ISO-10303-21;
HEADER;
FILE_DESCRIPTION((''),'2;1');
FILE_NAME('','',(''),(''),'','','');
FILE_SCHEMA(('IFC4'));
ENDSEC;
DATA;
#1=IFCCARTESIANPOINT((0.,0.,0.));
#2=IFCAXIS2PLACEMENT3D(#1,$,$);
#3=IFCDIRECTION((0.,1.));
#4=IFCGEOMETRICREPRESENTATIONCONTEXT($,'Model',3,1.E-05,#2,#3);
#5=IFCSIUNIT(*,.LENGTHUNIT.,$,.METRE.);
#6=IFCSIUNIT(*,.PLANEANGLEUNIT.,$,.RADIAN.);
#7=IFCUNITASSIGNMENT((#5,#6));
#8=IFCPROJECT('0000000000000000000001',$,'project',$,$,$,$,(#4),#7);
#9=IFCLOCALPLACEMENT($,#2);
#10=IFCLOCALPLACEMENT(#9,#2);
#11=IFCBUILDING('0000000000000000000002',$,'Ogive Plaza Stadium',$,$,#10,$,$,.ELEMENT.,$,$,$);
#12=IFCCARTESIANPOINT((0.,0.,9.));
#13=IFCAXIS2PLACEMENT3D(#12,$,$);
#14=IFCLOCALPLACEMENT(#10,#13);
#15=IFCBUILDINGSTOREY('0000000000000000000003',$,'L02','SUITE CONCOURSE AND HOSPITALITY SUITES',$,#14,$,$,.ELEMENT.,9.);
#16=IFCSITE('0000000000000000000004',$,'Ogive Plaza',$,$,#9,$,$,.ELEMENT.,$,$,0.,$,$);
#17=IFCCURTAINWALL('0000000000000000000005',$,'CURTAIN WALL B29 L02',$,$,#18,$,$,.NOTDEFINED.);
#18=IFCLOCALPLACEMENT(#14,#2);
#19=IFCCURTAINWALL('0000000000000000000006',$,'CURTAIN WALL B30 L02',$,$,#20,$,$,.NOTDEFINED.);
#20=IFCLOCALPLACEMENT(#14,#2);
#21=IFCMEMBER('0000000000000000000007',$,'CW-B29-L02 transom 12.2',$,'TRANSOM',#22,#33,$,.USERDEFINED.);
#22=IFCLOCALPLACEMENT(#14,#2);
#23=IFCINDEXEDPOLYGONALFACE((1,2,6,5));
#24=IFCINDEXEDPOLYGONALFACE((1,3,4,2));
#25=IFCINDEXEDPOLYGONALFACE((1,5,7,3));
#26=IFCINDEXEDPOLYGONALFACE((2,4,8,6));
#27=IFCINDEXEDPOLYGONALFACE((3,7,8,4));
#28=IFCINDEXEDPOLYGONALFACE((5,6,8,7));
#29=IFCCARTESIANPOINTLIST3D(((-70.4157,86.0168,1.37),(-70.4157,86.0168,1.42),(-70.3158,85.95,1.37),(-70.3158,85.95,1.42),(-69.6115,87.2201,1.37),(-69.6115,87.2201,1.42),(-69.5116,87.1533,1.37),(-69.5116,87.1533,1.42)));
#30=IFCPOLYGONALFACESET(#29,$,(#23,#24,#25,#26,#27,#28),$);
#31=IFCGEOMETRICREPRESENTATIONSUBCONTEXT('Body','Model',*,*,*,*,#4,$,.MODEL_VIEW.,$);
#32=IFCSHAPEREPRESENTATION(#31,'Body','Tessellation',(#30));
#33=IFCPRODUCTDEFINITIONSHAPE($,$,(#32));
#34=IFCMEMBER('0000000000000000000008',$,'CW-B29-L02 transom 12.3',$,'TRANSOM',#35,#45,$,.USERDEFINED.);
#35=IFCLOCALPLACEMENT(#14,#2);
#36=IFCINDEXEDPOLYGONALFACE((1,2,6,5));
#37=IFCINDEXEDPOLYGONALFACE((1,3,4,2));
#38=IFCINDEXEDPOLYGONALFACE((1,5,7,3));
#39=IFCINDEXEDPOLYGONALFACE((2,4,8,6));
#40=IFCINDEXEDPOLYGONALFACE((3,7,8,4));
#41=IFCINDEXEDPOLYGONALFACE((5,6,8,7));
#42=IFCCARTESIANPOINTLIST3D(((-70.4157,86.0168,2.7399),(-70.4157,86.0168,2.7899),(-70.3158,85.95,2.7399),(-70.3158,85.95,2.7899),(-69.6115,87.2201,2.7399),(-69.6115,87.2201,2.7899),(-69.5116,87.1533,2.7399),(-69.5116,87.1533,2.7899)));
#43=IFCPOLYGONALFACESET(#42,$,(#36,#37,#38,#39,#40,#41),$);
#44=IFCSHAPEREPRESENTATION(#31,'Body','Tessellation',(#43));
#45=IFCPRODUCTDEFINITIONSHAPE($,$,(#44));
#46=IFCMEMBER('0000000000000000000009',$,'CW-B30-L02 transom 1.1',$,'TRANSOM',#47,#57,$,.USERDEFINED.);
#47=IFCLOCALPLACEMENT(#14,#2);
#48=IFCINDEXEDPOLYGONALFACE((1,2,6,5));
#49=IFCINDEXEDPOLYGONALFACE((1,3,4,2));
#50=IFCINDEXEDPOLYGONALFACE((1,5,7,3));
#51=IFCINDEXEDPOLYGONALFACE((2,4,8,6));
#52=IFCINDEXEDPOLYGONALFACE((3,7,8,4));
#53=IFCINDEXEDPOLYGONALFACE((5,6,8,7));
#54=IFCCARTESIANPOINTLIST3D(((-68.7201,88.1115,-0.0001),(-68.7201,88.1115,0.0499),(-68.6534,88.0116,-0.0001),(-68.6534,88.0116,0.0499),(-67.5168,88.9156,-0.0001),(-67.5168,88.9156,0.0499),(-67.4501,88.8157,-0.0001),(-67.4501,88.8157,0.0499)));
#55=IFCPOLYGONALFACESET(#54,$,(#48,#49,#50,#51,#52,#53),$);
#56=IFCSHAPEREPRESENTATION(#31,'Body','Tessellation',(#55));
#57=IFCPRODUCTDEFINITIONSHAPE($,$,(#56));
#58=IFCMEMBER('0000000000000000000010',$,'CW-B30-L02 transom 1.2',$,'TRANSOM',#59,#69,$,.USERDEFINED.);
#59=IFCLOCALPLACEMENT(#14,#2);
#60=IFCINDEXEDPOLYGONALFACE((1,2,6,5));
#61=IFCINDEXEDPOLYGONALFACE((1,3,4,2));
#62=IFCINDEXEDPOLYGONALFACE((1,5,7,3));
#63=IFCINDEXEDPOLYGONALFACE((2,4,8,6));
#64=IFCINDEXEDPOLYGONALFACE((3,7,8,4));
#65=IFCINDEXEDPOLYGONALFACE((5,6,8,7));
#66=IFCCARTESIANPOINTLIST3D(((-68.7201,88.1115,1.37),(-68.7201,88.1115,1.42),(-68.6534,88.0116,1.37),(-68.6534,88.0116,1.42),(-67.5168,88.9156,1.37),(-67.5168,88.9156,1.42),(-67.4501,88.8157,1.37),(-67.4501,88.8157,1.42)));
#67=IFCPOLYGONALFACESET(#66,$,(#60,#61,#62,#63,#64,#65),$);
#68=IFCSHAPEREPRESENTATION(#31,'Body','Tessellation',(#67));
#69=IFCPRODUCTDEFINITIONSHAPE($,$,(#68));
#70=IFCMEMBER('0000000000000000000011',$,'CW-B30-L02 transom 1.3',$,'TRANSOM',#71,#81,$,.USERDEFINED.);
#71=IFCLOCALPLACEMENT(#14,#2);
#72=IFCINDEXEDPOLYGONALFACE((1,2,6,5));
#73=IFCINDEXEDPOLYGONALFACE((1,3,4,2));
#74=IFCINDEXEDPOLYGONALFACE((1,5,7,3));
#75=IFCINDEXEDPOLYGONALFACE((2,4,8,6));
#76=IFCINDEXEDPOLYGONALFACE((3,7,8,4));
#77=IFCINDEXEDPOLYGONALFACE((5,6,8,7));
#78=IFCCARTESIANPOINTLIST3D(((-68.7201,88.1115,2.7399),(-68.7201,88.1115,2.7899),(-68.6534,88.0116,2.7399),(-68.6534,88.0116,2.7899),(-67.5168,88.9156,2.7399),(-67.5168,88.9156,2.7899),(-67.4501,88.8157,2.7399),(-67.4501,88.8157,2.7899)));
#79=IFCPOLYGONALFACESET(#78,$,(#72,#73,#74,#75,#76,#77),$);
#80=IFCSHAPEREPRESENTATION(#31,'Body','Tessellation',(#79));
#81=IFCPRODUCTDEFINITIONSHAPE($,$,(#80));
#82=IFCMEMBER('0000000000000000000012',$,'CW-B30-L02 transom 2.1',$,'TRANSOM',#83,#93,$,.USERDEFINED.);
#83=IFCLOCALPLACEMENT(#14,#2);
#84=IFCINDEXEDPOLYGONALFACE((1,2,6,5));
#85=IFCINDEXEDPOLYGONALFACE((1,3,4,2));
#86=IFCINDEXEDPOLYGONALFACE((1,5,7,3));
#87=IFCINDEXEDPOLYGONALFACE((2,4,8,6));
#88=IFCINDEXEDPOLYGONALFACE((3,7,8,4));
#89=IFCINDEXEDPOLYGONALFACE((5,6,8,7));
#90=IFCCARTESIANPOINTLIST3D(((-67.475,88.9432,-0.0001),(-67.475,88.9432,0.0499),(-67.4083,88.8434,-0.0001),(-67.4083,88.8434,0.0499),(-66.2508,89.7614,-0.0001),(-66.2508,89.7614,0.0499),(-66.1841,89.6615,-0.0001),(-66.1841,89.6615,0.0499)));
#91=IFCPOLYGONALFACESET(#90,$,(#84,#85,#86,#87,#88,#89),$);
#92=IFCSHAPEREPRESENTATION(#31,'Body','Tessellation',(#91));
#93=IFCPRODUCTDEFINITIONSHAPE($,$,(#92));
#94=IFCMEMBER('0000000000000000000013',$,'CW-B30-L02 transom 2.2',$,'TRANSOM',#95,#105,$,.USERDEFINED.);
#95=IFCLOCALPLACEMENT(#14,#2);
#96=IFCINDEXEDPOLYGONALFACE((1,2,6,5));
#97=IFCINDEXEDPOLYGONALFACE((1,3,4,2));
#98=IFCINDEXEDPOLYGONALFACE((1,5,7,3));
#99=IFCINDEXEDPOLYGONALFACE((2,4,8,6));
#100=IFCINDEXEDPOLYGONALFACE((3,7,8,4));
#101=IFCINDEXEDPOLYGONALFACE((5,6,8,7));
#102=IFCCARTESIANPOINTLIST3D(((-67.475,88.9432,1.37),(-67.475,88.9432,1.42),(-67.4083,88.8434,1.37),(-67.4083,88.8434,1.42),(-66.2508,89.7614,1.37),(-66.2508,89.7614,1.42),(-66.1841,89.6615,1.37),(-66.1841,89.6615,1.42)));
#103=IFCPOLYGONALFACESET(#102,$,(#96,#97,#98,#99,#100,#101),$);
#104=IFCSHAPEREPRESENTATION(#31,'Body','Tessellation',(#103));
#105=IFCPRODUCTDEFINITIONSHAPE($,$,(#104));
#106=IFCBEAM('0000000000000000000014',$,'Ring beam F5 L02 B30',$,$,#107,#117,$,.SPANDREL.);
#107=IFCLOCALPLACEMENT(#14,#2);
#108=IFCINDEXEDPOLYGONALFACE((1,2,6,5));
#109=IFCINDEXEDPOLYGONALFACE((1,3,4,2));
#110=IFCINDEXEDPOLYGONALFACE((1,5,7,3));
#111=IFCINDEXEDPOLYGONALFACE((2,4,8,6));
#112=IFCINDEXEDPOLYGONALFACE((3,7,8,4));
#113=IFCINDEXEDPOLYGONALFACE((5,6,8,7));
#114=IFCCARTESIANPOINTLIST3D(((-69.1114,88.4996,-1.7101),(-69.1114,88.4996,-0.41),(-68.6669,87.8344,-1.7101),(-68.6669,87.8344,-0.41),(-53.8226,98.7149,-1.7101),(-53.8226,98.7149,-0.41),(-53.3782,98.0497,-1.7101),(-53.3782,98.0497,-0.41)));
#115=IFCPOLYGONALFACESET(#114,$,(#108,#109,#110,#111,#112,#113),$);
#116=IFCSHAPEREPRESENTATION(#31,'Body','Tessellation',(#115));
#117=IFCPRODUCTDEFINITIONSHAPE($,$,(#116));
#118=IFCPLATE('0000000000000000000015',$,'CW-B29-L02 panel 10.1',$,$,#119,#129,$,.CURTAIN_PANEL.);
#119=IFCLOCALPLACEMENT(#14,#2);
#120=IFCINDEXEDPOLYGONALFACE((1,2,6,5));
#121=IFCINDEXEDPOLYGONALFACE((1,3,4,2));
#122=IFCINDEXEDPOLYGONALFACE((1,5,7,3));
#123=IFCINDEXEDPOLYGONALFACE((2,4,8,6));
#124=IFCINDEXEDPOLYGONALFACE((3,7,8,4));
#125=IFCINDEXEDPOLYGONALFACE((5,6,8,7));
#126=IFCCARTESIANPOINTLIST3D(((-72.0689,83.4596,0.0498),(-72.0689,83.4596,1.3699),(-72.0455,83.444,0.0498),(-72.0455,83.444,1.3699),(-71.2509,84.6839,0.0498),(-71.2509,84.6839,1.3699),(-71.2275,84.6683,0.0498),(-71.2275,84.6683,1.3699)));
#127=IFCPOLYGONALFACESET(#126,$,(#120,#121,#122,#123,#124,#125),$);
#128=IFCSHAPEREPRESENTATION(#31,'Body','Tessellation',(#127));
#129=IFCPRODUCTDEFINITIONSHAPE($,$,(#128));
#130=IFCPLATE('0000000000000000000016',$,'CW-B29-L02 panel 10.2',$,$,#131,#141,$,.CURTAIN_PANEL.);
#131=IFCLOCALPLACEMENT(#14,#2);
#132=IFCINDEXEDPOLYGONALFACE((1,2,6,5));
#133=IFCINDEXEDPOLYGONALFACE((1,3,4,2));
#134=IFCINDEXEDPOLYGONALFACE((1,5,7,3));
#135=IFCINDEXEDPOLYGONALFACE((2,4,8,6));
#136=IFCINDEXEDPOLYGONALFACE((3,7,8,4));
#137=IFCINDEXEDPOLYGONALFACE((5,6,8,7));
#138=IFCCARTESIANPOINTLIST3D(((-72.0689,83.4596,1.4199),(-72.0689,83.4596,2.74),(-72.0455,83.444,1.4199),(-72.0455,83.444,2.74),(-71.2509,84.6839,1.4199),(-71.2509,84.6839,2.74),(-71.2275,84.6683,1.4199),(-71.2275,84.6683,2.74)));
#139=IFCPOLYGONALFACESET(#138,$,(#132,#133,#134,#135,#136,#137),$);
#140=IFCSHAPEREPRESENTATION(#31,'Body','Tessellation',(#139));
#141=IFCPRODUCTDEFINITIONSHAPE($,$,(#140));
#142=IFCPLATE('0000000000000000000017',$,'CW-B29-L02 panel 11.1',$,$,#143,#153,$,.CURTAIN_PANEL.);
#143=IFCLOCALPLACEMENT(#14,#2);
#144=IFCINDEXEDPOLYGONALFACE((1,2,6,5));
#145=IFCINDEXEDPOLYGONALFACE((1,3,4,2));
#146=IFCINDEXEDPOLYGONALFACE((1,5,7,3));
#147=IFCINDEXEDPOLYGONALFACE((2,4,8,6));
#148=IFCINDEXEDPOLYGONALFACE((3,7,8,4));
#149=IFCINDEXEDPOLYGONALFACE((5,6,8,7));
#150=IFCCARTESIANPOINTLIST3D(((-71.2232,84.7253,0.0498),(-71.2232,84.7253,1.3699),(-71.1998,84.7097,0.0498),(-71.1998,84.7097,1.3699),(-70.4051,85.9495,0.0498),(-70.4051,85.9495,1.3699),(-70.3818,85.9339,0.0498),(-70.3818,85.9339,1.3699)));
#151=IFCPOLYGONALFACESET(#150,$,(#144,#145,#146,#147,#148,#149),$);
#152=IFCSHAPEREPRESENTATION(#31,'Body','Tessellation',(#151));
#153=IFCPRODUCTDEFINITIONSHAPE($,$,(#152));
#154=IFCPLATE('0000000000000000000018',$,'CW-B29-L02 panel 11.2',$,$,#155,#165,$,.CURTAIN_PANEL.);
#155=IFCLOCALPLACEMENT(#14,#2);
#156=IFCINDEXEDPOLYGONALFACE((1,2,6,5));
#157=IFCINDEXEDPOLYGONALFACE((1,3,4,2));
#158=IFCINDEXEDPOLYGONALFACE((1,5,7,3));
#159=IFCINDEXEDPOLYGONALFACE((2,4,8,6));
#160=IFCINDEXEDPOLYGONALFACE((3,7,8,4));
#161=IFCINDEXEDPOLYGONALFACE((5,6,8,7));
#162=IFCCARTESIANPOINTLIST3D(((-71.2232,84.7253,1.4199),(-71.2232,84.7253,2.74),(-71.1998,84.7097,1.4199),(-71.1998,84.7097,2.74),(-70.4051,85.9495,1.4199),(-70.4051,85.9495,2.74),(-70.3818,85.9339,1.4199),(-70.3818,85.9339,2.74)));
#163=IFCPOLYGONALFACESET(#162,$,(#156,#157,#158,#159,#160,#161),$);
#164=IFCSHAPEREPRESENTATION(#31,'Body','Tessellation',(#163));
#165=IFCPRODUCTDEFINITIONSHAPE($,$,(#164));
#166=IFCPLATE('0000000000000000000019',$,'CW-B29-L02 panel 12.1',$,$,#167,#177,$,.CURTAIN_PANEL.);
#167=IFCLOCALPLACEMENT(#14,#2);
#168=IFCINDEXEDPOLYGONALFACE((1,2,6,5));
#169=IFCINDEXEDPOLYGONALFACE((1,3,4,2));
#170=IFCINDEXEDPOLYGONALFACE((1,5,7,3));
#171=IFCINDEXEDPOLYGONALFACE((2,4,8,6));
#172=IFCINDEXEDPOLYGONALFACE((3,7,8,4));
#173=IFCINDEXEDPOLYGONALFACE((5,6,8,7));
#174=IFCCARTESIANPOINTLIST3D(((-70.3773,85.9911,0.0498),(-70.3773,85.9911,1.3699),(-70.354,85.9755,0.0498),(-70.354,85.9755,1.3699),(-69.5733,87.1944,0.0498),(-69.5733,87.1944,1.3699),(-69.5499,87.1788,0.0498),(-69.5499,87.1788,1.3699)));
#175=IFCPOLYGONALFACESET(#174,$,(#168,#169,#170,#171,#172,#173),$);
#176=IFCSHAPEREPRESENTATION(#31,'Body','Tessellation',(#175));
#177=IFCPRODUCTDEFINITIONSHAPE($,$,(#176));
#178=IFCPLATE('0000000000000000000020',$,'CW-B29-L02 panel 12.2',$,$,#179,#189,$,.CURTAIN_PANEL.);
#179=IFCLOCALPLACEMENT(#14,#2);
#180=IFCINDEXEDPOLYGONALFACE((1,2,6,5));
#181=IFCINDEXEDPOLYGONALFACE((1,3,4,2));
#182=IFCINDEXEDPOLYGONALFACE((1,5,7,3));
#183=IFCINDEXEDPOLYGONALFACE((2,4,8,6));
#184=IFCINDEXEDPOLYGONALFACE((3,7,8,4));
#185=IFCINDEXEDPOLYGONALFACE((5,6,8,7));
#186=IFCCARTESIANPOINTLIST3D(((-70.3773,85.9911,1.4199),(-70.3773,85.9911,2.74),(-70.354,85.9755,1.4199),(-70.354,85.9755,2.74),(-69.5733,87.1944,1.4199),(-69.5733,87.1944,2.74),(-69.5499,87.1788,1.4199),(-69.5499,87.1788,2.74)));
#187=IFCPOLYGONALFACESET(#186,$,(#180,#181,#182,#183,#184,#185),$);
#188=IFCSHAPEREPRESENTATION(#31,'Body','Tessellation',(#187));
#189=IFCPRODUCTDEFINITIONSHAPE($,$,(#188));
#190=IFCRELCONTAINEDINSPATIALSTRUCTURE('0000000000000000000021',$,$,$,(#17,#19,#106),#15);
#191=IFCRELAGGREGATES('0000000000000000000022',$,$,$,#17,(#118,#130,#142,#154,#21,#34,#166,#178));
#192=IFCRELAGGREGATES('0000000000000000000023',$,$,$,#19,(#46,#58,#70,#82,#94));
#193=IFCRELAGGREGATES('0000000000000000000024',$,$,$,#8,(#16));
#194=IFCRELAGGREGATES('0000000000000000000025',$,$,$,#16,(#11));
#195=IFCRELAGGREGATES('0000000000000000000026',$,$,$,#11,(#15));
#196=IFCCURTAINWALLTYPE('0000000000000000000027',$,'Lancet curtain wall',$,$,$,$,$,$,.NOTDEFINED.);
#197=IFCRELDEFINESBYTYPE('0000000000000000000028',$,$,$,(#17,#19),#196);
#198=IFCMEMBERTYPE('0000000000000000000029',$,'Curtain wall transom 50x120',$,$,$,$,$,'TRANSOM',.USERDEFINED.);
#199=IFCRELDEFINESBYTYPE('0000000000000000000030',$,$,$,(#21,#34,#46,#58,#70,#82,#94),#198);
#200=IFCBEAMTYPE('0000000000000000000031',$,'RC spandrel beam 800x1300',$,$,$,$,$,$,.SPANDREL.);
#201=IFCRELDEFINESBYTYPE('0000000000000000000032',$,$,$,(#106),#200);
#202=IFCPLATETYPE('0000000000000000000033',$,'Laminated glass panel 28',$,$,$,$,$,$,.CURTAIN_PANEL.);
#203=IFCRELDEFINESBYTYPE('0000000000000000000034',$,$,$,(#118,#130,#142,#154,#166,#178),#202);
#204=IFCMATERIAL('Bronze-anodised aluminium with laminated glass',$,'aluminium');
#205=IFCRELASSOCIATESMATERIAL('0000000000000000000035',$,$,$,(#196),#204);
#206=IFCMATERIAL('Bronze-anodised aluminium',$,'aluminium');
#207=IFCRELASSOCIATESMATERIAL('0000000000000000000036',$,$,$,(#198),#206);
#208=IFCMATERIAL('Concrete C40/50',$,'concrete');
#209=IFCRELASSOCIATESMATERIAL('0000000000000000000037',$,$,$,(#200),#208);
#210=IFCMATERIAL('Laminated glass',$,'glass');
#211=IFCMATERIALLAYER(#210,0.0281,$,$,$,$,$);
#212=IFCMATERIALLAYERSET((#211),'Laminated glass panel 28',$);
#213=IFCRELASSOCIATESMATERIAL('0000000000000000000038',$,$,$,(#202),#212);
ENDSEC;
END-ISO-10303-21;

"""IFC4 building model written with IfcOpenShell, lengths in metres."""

from ifc_helpers import new_model, si_unit, direction, frame, origin, origin_2d, place, context, subcontext, project, spatial, rectangle, extrude, material, layer, layer_set, material_profile, profile_set, type_object, element, aggregate, save


model = new_model("IFC4")

# Units and contexts
model_context = context("Model", 3, precision=1e-05, world=origin(), true_north=direction((0.0, 1.0)))
body_context = subcontext(model_context, "Body", "Model", "MODEL_VIEW")
ifc_project = project(units=[si_unit("LENGTHUNIT", "METRE"), si_unit("PLANEANGLEUNIT", "RADIAN")], contexts=[model_context])

# Site, building, storey
site_placement = place(None, origin())
site = spatial("IfcSite", under=ifc_project, at=site_placement, Name="Ogive Plaza", CompositionType="ELEMENT", RefElevation=0.0)
building_placement = place(site_placement, origin())
building = spatial("IfcBuilding", under=site, at=building_placement, Name="Ogive Plaza Stadium", CompositionType="ELEMENT")
storey_placement = place(building_placement, frame((0.0, 0.0, 9.0)))
storey = spatial("IfcBuildingStorey", under=building, at=storey_placement, Name="L02", Description="SUITE CONCOURSE AND HOSPITALITY SUITES", CompositionType="ELEMENT", Elevation=9.0)

# Curtain walls
ifc_material_1 = material(Name="Bronze-anodised aluminium with laminated glass", Category="aluminium")
curtain_wall_type = type_object("IfcCurtainWallType", Name="Lancet curtain wall", PredefinedType="NOTDEFINED", material=ifc_material_1)
curtain_wall_1_placement = place(storey_placement, origin())
curtain_wall_1 = element("IfcCurtainWall", 1, at=curtain_wall_1_placement, inside=storey, type_object=curtain_wall_type, Name="CURTAIN WALL B29 L02", PredefinedType="NOTDEFINED")
curtain_wall_2_placement = place(storey_placement, origin())
curtain_wall_2 = element("IfcCurtainWall", 2, at=curtain_wall_2_placement, inside=storey, type_object=curtain_wall_type, Name="CURTAIN WALL B30 L02", PredefinedType="NOTDEFINED")

# Members
ifc_material_2 = material(Name="Bronze-anodised aluminium", Category="aluminium")
ifc_material_profile_1 = material_profile(ifc_material_2, rectangle(XDim=0.1201, YDim=0.05, at=origin_2d()), Name="AL 120x50")
ifc_profile_set_1 = profile_set([ifc_material_profile_1], Name="Bronze-anodised aluminium")
member_type_1 = type_object("IfcMemberType", Name="Curtain wall transom 50x120", ElementType="TRANSOM", PredefinedType="USERDEFINED", material=ifc_profile_set_1)
member_1_placement = place(storey_placement, frame((-70.3657, 85.9834, 1.395), z_axis=(0.555634, 0.831427, 0.0), x_axis=(-0.831427, 0.555634, 0.0)))
member_1 = element("IfcMember", 3, at=member_1_placement, type_object=member_type_1, Name="CW-B29-L02 transom 12.2", ObjectType="TRANSOM", PredefinedType="USERDEFINED", context=body_context, shape_type="SweptSolid", body=[
    extrude(rectangle(XDim=0.1201, YDim=0.05, at=origin_2d()), origin(), (0.0, 0.0, 1.0), 1.4473),
])
member_2_placement = place(storey_placement, frame((-70.3657, 85.9834, 2.7649), z_axis=(0.555634, 0.831427, 0.0), x_axis=(-0.831427, 0.555634, 0.0)))
member_2 = element("IfcMember", 4, at=member_2_placement, type_object=member_type_1, Name="CW-B29-L02 transom 12.3", ObjectType="TRANSOM", PredefinedType="USERDEFINED", context=body_context, shape_type="SweptSolid", body=[
    extrude(rectangle(XDim=0.1201, YDim=0.05, at=origin_2d()), origin(), (0.0, 0.0, 1.0), 1.4473),
])
member_3_placement = place(storey_placement, frame((-68.6868, 88.0615, 0.0249), z_axis=(0.831427, 0.555634, 0.0), x_axis=(-0.555634, 0.831427, 0.0)))
member_3 = element("IfcMember", 5, at=member_3_placement, type_object=member_type_1, Name="CW-B30-L02 transom 1.1", ObjectType="TRANSOM", PredefinedType="USERDEFINED", context=body_context, shape_type="SweptSolid", body=[
    extrude(rectangle(XDim=0.1201, YDim=0.05, at=origin_2d()), origin(), (0.0, 0.0, 1.0), 1.4473),
])
member_4_placement = place(storey_placement, frame((-68.6868, 88.0615, 1.395), z_axis=(0.831427, 0.555634, 0.0), x_axis=(-0.555634, 0.831427, 0.0)))
member_4 = element("IfcMember", 6, at=member_4_placement, type_object=member_type_1, Name="CW-B30-L02 transom 1.2", ObjectType="TRANSOM", PredefinedType="USERDEFINED", context=body_context, shape_type="SweptSolid", body=[
    extrude(rectangle(XDim=0.1201, YDim=0.05, at=origin_2d()), origin(), (0.0, 0.0, 1.0), 1.4473),
])
member_5_placement = place(storey_placement, frame((-68.6868, 88.0615, 2.7649), z_axis=(0.831427, 0.555634, 0.0), x_axis=(-0.555634, 0.831427, 0.0)))
member_5 = element("IfcMember", 7, at=member_5_placement, type_object=member_type_1, Name="CW-B30-L02 transom 1.3", ObjectType="TRANSOM", PredefinedType="USERDEFINED", context=body_context, shape_type="SweptSolid", body=[
    extrude(rectangle(XDim=0.1201, YDim=0.05, at=origin_2d()), origin(), (0.0, 0.0, 1.0), 1.4473),
])
member_6_placement = place(storey_placement, frame((-67.4417, 88.8933, 0.0249), z_axis=(0.831412, 0.555656, 0.0), x_axis=(-0.555656, 0.831412, 0.0)))
member_6 = element("IfcMember", 8, at=member_6_placement, type_object=member_type_1, Name="CW-B30-L02 transom 2.1", ObjectType="TRANSOM", PredefinedType="USERDEFINED", context=body_context, shape_type="SweptSolid", body=[
    extrude(rectangle(XDim=0.1201, YDim=0.05, at=origin_2d()), origin(), (0.0, 0.0, 1.0), 1.4724),
])
member_7_placement = place(storey_placement, frame((-67.4417, 88.8933, 1.395), z_axis=(0.831412, 0.555656, 0.0), x_axis=(-0.555656, 0.831412, 0.0)))
member_7 = element("IfcMember", 9, at=member_7_placement, type_object=member_type_1, Name="CW-B30-L02 transom 2.2", ObjectType="TRANSOM", PredefinedType="USERDEFINED", context=body_context, shape_type="SweptSolid", body=[
    extrude(rectangle(XDim=0.1201, YDim=0.05, at=origin_2d()), origin(), (0.0, 0.0, 1.0), 1.4724),
])

# Beam
ifc_material_3 = material(Name="Concrete C40/50", Category="concrete")
ifc_material_profile_2 = material_profile(ifc_material_3, rectangle(XDim=0.8, YDim=1.3, at=origin_2d()), Name="RC 800x1300")
ifc_profile_set_2 = profile_set([ifc_material_profile_2], Name="Concrete C40/50")
beam_type = type_object("IfcBeamType", Name="RC spandrel beam 800x1300", PredefinedType="SPANDREL", material=ifc_profile_set_2)
beam_placement = place(storey_placement, frame((-68.8892, 88.167, -1.0601), z_axis=(0.831478, 0.555558, 0.0), x_axis=(-0.555558, 0.831478, 0.0)))
element("IfcBeam", 10, at=beam_placement, inside=storey, type_object=beam_type, Name="Ring beam F5 L02 B30", PredefinedType="SPANDREL", context=body_context, shape_type="SweptSolid", body=[
    extrude(rectangle(XDim=0.8, YDim=1.3, at=origin_2d()), origin(), (0.0, 0.0, 1.0), 18.3875),
])

# Plates
ifc_material_4 = material(Name="Laminated glass", Category="glass")
ifc_layer = layer(ifc_material_4, 0.0281)
ifc_layer_set = layer_set([ifc_layer], Name="Laminated glass panel 28")
plate_type = type_object("IfcPlateType", Name="Laminated glass panel 28", PredefinedType="CURTAIN_PANEL", material=ifc_layer_set)
plate_1_placement = place(storey_placement, frame((-71.6482, 84.064, 0.0498), z_axis=(0.0, 0.0, 1.0), x_axis=(0.55557, 0.83147, 0.0)))
plate_1 = element("IfcPlate", 11, at=plate_1_placement, type_object=plate_type, Name="CW-B29-L02 panel 10.1", PredefinedType="CURTAIN_PANEL", context=body_context, shape_type="SweptSolid", body=[
    extrude(rectangle(XDim=1.4724, YDim=0.0281, at=origin_2d()), origin(), (0.0, 0.0, 1.0), 1.3201),
])
plate_2_placement = place(storey_placement, frame((-71.6482, 84.064, 1.4199), z_axis=(0.0, 0.0, 1.0), x_axis=(0.55557, 0.83147, 0.0)))
plate_2 = element("IfcPlate", 12, at=plate_2_placement, type_object=plate_type, Name="CW-B29-L02 panel 10.2", PredefinedType="CURTAIN_PANEL", context=body_context, shape_type="SweptSolid", body=[
    extrude(rectangle(XDim=1.4724, YDim=0.0281, at=origin_2d()), origin(), (0.0, 0.0, 1.0), 1.3201),
])
plate_3_placement = place(storey_placement, frame((-70.8025, 85.3296, 0.0498), z_axis=(0.0, 0.0, 1.0), x_axis=(0.55557, 0.83147, 0.0)))
plate_3 = element("IfcPlate", 13, at=plate_3_placement, type_object=plate_type, Name="CW-B29-L02 panel 11.1", PredefinedType="CURTAIN_PANEL", context=body_context, shape_type="SweptSolid", body=[
    extrude(rectangle(XDim=1.4724, YDim=0.0281, at=origin_2d()), origin(), (0.0, 0.0, 1.0), 1.3201),
])
plate_4_placement = place(storey_placement, frame((-70.8025, 85.3296, 1.4199), z_axis=(0.0, 0.0, 1.0), x_axis=(0.55557, 0.83147, 0.0)))
plate_4 = element("IfcPlate", 14, at=plate_4_placement, type_object=plate_type, Name="CW-B29-L02 panel 11.2", PredefinedType="CURTAIN_PANEL", context=body_context, shape_type="SweptSolid", body=[
    extrude(rectangle(XDim=1.4724, YDim=0.0281, at=origin_2d()), origin(), (0.0, 0.0, 1.0), 1.3201),
])
plate_5_placement = place(storey_placement, frame((-69.9636, 86.585, 0.0498), z_axis=(0.0, 0.0, 1.0), x_axis=(0.55557, 0.83147, 0.0)))
plate_5 = element("IfcPlate", 15, at=plate_5_placement, type_object=plate_type, Name="CW-B29-L02 panel 12.1", PredefinedType="CURTAIN_PANEL", context=body_context, shape_type="SweptSolid", body=[
    extrude(rectangle(XDim=1.4473, YDim=0.0281, at=origin_2d()), origin(), (0.0, 0.0, 1.0), 1.3201),
])
plate_6_placement = place(storey_placement, frame((-69.9636, 86.585, 1.4199), z_axis=(0.0, 0.0, 1.0), x_axis=(0.55557, 0.83147, 0.0)))
plate_6 = element("IfcPlate", 16, at=plate_6_placement, type_object=plate_type, Name="CW-B29-L02 panel 12.2", PredefinedType="CURTAIN_PANEL", context=body_context, shape_type="SweptSolid", body=[
    extrude(rectangle(XDim=1.4473, YDim=0.0281, at=origin_2d()), origin(), (0.0, 0.0, 1.0), 1.3201),
])
aggregate(curtain_wall_1, [plate_1, plate_2, plate_3, plate_4, member_1, member_2, plate_5, plate_6])
aggregate(curtain_wall_2, [member_3, member_4, member_5, member_6, member_7])

save(model, "model.ifc")
